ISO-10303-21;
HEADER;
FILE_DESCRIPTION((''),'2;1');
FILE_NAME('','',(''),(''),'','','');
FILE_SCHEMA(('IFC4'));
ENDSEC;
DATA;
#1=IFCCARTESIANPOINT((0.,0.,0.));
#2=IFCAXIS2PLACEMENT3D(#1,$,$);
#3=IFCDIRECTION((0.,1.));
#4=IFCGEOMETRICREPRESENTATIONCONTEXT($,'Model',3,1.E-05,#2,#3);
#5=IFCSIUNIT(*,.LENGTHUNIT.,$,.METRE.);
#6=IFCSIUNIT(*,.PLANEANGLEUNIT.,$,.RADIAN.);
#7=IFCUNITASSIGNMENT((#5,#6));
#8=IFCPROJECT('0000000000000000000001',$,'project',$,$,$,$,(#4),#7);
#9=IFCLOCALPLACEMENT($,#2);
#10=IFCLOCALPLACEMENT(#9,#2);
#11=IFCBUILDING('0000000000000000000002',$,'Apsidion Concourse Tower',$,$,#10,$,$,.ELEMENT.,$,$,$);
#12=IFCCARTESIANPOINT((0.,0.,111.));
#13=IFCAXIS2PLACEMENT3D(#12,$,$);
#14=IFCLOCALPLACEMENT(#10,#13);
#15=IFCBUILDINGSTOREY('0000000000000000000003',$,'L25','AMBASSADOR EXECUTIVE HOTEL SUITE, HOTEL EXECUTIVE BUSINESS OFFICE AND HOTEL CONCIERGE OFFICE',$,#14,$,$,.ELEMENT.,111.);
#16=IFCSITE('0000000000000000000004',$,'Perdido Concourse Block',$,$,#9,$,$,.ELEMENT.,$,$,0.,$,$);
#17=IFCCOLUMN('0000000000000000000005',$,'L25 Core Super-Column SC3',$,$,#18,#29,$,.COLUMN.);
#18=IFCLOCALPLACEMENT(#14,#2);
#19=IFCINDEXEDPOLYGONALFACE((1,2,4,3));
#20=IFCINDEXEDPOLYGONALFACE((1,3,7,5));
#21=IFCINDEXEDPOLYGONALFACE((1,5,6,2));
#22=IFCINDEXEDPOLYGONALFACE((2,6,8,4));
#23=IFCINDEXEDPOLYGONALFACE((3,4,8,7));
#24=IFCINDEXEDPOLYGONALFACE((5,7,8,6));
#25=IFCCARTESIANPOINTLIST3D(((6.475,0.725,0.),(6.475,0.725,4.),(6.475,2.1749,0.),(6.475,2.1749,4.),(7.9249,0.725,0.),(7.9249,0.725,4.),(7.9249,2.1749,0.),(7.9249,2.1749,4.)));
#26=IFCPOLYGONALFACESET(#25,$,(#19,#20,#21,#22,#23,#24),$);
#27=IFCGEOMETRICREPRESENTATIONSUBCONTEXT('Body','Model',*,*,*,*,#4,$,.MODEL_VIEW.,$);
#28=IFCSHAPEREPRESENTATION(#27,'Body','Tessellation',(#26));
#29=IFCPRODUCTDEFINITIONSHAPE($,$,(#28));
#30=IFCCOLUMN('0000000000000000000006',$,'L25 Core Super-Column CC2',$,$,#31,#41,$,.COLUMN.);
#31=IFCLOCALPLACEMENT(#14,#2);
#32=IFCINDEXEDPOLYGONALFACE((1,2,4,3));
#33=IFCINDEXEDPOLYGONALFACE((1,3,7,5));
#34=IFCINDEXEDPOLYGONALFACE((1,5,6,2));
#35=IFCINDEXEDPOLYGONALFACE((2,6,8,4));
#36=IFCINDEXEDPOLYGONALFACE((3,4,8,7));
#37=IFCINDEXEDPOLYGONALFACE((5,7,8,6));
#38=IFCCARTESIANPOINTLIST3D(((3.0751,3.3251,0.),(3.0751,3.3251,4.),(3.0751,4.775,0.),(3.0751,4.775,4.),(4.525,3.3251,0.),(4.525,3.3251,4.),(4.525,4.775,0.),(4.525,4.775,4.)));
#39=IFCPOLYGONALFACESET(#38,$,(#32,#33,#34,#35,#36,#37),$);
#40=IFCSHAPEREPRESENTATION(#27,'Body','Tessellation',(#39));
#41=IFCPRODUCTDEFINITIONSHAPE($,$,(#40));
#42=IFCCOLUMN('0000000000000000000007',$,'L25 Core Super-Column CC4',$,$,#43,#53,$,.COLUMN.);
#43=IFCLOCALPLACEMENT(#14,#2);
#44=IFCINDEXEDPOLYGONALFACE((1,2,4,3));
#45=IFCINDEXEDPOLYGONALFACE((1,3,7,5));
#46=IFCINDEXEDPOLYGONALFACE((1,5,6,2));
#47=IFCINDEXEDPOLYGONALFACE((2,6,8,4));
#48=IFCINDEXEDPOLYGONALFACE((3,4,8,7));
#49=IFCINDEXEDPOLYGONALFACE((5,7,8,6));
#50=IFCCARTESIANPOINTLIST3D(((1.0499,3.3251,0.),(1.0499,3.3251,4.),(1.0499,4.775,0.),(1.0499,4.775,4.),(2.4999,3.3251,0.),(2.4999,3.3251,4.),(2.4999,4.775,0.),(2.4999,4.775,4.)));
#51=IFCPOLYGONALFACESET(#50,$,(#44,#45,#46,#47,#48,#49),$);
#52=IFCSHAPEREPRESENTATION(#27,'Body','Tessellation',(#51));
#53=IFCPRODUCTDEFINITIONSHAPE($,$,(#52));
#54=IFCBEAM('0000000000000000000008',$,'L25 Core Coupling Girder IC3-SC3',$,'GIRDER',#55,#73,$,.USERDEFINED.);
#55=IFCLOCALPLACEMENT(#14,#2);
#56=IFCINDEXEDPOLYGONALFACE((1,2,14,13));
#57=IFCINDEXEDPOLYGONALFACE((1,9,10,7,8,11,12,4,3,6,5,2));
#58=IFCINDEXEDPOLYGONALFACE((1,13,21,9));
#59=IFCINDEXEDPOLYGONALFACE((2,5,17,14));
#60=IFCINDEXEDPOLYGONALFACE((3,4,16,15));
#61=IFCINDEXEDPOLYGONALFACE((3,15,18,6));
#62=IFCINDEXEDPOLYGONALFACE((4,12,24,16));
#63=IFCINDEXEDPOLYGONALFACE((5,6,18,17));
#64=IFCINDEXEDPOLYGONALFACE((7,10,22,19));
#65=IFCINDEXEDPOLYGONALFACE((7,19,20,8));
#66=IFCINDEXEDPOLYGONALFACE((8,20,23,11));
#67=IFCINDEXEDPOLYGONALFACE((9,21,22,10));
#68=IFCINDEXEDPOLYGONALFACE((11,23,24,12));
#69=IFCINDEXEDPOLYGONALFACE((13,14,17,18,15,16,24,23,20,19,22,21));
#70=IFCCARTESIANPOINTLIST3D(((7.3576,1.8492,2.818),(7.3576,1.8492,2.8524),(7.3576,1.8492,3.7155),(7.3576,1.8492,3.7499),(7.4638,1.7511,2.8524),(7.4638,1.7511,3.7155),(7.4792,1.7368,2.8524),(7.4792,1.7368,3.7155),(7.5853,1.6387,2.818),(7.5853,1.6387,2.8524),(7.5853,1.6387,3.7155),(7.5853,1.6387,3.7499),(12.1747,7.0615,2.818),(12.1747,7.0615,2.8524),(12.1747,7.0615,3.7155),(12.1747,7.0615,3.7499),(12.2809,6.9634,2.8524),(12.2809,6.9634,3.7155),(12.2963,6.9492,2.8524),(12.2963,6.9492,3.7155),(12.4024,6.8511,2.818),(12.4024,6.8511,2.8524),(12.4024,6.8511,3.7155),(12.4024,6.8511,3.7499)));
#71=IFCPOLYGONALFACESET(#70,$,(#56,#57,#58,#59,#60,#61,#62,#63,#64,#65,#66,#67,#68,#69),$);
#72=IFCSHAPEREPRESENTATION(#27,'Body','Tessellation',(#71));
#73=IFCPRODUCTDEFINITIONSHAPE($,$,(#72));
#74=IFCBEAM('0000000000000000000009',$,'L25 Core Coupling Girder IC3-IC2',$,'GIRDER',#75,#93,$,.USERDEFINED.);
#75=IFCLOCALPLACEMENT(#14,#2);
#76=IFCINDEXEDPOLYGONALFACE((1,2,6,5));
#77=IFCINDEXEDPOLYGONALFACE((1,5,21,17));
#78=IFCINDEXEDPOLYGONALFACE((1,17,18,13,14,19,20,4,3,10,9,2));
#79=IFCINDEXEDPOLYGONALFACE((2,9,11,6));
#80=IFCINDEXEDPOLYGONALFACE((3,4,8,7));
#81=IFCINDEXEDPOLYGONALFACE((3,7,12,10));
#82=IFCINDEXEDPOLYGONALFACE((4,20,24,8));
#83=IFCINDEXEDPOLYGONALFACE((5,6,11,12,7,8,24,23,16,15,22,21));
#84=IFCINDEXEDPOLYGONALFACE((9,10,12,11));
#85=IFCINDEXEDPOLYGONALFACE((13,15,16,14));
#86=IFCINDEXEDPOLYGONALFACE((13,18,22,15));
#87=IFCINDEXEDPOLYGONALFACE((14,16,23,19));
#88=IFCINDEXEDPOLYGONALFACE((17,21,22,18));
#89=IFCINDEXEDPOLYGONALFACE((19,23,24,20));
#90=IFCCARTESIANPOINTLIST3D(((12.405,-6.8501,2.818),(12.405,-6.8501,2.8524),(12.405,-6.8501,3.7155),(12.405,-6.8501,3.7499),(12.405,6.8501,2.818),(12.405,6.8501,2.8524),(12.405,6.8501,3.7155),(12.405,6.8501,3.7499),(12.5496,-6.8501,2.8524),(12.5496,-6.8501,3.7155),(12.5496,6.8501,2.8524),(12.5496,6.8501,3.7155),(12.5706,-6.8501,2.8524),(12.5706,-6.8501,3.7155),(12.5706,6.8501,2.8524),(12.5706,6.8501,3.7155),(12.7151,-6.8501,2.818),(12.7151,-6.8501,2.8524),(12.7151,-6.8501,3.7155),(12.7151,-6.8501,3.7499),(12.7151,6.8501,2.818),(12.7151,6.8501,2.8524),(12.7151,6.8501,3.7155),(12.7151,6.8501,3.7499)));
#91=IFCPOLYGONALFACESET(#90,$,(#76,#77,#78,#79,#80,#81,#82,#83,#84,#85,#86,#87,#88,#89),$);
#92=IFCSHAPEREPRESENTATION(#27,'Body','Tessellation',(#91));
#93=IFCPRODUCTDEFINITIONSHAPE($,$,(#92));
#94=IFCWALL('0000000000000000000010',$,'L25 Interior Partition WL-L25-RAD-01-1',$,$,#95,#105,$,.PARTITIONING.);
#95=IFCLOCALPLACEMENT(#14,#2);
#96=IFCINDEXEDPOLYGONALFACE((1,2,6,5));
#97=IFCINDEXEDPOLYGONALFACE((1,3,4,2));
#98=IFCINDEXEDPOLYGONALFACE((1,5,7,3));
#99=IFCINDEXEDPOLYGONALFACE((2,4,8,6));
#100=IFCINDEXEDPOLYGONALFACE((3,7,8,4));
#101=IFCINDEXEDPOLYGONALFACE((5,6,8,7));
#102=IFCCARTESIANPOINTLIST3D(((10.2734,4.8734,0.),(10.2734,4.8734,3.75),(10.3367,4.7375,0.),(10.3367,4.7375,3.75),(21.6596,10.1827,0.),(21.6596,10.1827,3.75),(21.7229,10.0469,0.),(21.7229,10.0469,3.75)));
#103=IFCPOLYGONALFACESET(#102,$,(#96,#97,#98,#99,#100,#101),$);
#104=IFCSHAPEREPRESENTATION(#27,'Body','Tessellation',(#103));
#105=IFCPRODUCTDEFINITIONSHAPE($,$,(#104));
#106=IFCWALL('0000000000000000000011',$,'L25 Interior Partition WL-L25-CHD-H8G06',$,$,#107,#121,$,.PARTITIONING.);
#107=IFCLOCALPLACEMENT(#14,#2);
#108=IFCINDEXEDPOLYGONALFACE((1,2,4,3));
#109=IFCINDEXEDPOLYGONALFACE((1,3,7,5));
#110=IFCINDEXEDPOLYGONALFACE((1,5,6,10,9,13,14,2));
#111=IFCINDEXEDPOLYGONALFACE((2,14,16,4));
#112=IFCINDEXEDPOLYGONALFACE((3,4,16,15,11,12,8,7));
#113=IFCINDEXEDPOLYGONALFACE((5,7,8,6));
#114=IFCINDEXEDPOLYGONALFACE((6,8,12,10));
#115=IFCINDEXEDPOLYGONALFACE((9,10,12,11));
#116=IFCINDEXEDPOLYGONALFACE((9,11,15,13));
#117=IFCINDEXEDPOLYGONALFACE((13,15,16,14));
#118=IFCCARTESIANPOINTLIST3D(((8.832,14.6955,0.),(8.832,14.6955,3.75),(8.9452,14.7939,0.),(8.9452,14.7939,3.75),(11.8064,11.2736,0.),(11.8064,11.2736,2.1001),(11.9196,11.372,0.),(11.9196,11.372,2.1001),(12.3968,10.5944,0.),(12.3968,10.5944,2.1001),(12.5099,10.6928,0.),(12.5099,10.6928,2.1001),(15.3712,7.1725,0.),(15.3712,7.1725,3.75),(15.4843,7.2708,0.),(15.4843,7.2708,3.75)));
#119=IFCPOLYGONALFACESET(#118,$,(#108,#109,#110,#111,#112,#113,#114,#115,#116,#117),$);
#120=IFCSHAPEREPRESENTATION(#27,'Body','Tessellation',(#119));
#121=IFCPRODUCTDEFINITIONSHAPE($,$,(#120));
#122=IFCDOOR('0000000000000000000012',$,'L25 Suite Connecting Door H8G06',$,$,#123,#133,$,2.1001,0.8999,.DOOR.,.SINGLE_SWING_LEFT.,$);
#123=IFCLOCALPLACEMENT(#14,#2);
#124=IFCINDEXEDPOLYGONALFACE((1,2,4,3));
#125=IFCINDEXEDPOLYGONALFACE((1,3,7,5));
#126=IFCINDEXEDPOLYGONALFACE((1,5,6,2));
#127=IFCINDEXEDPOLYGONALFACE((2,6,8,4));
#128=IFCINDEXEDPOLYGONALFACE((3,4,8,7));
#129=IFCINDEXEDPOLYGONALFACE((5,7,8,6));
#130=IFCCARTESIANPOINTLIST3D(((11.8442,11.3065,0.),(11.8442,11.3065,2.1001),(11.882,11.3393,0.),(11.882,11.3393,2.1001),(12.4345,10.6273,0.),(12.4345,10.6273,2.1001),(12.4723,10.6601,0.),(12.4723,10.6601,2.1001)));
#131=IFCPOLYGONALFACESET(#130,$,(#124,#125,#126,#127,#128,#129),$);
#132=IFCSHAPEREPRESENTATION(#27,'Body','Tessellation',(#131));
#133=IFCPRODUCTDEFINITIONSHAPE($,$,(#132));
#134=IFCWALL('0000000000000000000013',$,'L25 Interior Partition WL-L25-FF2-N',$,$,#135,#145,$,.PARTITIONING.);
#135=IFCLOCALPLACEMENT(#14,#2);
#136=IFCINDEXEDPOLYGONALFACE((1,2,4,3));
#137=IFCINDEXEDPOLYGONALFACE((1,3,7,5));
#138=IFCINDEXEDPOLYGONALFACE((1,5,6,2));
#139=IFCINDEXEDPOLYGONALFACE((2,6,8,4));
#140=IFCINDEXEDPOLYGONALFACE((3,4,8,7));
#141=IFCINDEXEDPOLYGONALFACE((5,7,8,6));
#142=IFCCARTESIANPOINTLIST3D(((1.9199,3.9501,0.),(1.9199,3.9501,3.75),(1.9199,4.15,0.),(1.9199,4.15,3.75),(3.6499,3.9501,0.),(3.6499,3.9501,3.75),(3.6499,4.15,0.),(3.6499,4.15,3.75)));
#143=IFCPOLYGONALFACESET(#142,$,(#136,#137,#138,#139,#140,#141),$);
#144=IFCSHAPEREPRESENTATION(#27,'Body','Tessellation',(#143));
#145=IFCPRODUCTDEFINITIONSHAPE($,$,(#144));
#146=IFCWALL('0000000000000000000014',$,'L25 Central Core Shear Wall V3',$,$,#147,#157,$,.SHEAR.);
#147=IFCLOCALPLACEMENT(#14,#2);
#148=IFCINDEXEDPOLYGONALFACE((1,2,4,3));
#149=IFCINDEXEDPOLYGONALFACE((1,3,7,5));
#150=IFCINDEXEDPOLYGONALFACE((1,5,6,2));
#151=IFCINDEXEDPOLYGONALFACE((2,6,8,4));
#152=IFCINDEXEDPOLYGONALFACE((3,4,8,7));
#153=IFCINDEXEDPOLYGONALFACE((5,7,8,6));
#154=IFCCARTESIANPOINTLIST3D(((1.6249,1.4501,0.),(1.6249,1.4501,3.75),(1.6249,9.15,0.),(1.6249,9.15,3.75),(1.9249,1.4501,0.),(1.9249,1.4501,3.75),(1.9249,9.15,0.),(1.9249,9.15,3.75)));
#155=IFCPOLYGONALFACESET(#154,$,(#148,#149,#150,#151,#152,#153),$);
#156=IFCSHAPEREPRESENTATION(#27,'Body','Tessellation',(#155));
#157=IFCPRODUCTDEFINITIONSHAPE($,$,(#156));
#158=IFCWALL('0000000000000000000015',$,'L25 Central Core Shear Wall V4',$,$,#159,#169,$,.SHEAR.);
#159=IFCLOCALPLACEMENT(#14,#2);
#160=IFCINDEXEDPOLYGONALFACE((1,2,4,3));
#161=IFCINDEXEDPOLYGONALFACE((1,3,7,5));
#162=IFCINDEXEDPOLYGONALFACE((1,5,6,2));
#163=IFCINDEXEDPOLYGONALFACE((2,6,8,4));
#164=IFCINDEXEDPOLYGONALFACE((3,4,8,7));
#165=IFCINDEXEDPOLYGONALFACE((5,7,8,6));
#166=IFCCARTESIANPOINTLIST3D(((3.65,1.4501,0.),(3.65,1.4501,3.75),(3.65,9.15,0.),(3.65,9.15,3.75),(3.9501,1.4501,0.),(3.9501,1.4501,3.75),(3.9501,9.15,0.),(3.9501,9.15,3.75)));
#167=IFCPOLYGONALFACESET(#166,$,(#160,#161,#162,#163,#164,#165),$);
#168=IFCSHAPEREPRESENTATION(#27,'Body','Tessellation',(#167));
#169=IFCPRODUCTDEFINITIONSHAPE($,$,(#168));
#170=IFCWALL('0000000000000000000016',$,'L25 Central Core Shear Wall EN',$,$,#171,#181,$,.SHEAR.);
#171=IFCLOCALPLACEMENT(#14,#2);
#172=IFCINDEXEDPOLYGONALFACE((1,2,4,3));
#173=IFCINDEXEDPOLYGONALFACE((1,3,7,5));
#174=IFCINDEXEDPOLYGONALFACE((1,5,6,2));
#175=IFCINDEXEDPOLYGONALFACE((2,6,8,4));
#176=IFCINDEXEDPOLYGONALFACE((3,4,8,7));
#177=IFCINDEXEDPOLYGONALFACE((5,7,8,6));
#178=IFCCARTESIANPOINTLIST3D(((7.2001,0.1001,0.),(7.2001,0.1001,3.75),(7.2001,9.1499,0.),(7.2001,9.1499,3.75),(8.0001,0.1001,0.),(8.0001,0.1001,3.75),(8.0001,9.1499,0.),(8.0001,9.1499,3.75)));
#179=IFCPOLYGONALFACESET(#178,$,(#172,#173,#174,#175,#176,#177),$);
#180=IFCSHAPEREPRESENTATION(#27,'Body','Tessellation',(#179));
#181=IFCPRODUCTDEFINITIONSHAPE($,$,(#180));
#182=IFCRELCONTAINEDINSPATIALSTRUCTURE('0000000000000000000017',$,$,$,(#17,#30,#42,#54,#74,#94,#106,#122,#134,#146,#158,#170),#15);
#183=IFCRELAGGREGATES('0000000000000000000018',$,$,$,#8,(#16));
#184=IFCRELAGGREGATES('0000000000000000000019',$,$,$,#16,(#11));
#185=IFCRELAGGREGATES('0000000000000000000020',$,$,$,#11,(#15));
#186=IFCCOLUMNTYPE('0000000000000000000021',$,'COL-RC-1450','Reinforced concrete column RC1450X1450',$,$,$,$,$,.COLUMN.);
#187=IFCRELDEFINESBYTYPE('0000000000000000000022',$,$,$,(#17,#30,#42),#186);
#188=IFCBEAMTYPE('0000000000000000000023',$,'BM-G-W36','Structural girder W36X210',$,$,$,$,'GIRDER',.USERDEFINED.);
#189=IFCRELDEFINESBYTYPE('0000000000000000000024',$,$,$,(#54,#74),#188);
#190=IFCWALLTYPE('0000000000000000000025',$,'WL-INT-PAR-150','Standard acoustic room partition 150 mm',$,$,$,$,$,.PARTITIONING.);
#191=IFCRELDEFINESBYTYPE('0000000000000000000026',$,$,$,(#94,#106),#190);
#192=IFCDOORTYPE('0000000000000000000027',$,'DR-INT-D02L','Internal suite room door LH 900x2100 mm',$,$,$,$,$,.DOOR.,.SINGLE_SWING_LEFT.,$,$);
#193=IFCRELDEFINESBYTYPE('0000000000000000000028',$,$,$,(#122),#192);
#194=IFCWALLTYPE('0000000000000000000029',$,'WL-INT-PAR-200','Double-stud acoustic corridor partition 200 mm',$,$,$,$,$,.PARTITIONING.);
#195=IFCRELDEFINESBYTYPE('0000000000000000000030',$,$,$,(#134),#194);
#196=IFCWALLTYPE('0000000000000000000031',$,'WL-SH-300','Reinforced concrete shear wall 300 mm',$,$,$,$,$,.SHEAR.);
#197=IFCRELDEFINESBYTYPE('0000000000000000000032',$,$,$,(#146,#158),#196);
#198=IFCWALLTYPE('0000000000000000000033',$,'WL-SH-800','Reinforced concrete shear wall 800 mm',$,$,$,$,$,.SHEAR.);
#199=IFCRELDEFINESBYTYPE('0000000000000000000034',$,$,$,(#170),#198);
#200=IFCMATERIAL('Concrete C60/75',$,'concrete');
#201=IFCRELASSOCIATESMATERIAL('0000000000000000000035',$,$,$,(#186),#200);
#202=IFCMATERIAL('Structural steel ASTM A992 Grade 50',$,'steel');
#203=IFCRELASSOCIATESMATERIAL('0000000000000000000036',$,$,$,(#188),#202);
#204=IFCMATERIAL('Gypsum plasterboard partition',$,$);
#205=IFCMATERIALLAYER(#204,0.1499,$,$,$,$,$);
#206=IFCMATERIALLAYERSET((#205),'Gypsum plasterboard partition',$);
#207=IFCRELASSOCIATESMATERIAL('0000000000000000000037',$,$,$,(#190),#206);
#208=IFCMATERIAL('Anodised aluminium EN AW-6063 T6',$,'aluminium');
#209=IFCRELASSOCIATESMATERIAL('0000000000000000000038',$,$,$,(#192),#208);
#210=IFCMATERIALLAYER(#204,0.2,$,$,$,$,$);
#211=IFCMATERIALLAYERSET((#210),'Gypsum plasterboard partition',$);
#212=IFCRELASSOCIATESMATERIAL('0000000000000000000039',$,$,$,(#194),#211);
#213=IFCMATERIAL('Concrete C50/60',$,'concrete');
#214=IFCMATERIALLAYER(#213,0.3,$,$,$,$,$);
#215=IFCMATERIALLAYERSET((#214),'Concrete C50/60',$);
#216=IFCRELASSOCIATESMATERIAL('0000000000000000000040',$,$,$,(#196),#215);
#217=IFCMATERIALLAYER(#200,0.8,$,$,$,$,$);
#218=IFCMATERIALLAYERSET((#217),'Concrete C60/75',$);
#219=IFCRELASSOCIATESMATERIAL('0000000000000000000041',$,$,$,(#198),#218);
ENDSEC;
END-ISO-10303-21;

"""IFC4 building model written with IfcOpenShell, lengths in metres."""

from ifc_helpers import new_model, si_unit, direction, frame, frame_2d, origin, origin_2d, place, context, subcontext, project, spatial, rectangle, i_section, extrude, material, layer, layer_set, material_profile, profile_set, type_object, element, fill, save


model = new_model("IFC4")

# Units and contexts
model_context = context("Model", 3, precision=1e-05, world=origin(), true_north=direction((0.0, 1.0)))
body_context = subcontext(model_context, "Body", "Model", "MODEL_VIEW")
ifc_project = project(units=[si_unit("LENGTHUNIT", "METRE"), si_unit("PLANEANGLEUNIT", "RADIAN")], contexts=[model_context])

# Site, building, storey
site_placement = place(None, origin())
site = spatial("IfcSite", under=ifc_project, at=site_placement, Name="Perdido Concourse Block", CompositionType="ELEMENT", RefElevation=0.0)
building_placement = place(site_placement, origin())
building = spatial("IfcBuilding", under=site, at=building_placement, Name="Apsidion Concourse Tower", CompositionType="ELEMENT")
storey_placement = place(building_placement, frame((0.0, 0.0, 111.0)))
storey = spatial("IfcBuildingStorey", under=building, at=storey_placement, Name="L25", Description="AMBASSADOR EXECUTIVE HOTEL SUITE, HOTEL EXECUTIVE BUSINESS OFFICE AND HOTEL CONCIERGE OFFICE", CompositionType="ELEMENT", Elevation=111.0)

# Columns
ifc_material_1 = material(Name="Concrete C60/75", Category="concrete")
ifc_material_profile_1 = material_profile(ifc_material_1, rectangle(XDim=1.45, YDim=1.45, at=origin_2d()), Name="RC 1450x1450")
ifc_profile_set_1 = profile_set([ifc_material_profile_1], Name="Concrete C60/75")
column_type = type_object("IfcColumnType", Name="COL-RC-1450", Description="Reinforced concrete column RC1450X1450", PredefinedType="COLUMN", material=ifc_profile_set_1)
for number, where, z_axis, x_axis, name in (
    (1, (7.2, 1.45, 0.0), (0.0, 0.0, 1.0), (1.0, 0.0, 0.0), "L25 Core Super-Column SC3"),
    (2, (3.8, 4.05, 0.0), (0.0, 0.0, 1.0), (1.0, 0.0, 0.0), "L25 Core Super-Column CC2"),
    (3, (1.7749, 4.05, 0.0), (0.0, 0.0, 1.0), (1.0, 0.0, 0.0), "L25 Core Super-Column CC4"),
):
    element("IfcColumn", number, at=place(storey_placement, frame(where, z_axis=z_axis, x_axis=x_axis)), inside=storey, type_object=column_type, Name=name, PredefinedType="COLUMN", context=body_context, shape_type="SweptSolid", body=[
        extrude(rectangle(XDim=1.45, YDim=1.45, at=origin_2d()), origin(), (0.0, 0.0, 1.0), 4.0),
    ])

# Beams
ifc_material_2 = material(Name="Structural steel ASTM A992 Grade 50", Category="steel")
ifc_material_profile_2 = material_profile(ifc_material_2, i_section(OverallWidth=0.3101, OverallDepth=0.9319, WebThickness=0.021, FlangeThickness=0.0344, at=origin_2d()), Name="W36X210")
ifc_profile_set_2 = profile_set([ifc_material_profile_2], Name="Structural steel ASTM A992 Grade 50")
beam_type = type_object("IfcBeamType", Name="BM-G-W36", Description="Structural girder W36X210", ElementType="GIRDER", PredefinedType="USERDEFINED", material=ifc_profile_set_2)
beam_1_placement = place(storey_placement, frame((12.2886, 6.9563, 3.2839), z_axis=(-0.678713, -0.734404, 0.0), x_axis=(0.734404, -0.678713, 0.0)))
element("IfcBeam", 4, at=beam_1_placement, inside=storey, type_object=beam_type, Name="L25 Core Coupling Girder IC3-SC3", ObjectType="GIRDER", PredefinedType="USERDEFINED", context=body_context, shape_type="SweptSolid", body=[
    extrude(i_section(OverallWidth=0.3101, OverallDepth=0.9319, WebThickness=0.021, FlangeThickness=0.0344, at=origin_2d()), origin(), (0.0, 0.0, 1.0), 7.0974),
])
beam_2_placement = place(storey_placement, frame((12.5601, 6.8501, 3.2839), z_axis=(0.0, -1.0, 0.0), x_axis=(1.0, 0.0, 0.0)))
element("IfcBeam", 5, at=beam_2_placement, inside=storey, type_object=beam_type, Name="L25 Core Coupling Girder IC3-IC2", ObjectType="GIRDER", PredefinedType="USERDEFINED", context=body_context, shape_type="SweptSolid", body=[
    extrude(i_section(OverallWidth=0.3101, OverallDepth=0.9319, WebThickness=0.021, FlangeThickness=0.0344, at=origin_2d()), origin(), (0.0, 0.0, 1.0), 13.7002),
])

# Wall
ifc_material_3 = material(Name="Gypsum plasterboard partition")
ifc_layer_1 = layer(ifc_material_3, 0.1499)
ifc_layer_set_1 = layer_set([ifc_layer_1], Name="Gypsum plasterboard partition")
wall_type_1 = type_object("IfcWallType", Name="WL-INT-PAR-150", Description="Standard acoustic room partition 150 mm", PredefinedType="PARTITIONING", material=ifc_layer_set_1)
wall_1_placement = place(storey_placement, frame((10.3049, 4.8054, 0.0), z_axis=(0.0, 0.0, 1.0), x_axis=(0.906313, 0.422608, 0.0)))
element("IfcWall", 6, at=wall_1_placement, inside=storey, type_object=wall_type_1, Name="L25 Interior Partition WL-L25-RAD-01-1", PredefinedType="PARTITIONING", context=body_context, shape_type="SweptSolid", body=[
    extrude(rectangle(XDim=12.5632, YDim=0.1499, at=frame_2d((6.2817, 0.0))), origin(), (0.0, 0.0, 1.0), 3.75),
])

# Wall, opening, door
wall_2_placement = place(storey_placement, frame((15.4277, 7.2217, 0.0), z_axis=(0.0, 0.0, 1.0), x_axis=(-0.656028, 0.754736, 0.0)))
wall_2 = element("IfcWall", 7, at=wall_2_placement, inside=storey, type_object=wall_type_1, Name="L25 Interior Partition WL-L25-CHD-H8G06", PredefinedType="PARTITIONING", context=body_context, shape_type="SweptSolid", body=[
    extrude(rectangle(XDim=9.9678, YDim=0.1499, at=frame_2d((4.9839, 0.0))), origin(), (0.0, 0.0, 1.0), 3.75),
])
opening_placement = place(wall_2_placement, frame((4.5339, 0.0, 0.0)))
opening = element("IfcOpeningElement", 8, at=opening_placement, cuts=wall_2, PredefinedType="OPENING", context=body_context, shape_type="SweptSolid", body=[
    extrude(rectangle(XDim=0.8999, YDim=2.1001, at=frame_2d((0.45, 1.05))), frame((0.0, 0.085, 0.0), z_axis=(0.0, -1.0, 0.0), x_axis=(1.0, 0.0, 0.0)), (0.0, 0.0, 1.0), 0.1699),
])
ifc_material_4 = material(Name="Anodised aluminium EN AW-6063 T6", Category="aluminium")
door_type = type_object("IfcDoorType", Name="DR-INT-D02L", Description="Internal suite room door LH 900x2100 mm", OperationType="SINGLE_SWING_LEFT", PredefinedType="DOOR", material=ifc_material_4)
door_placement = place(opening_placement, origin())
door = element("IfcDoor", 9, at=door_placement, inside=storey, type_object=door_type, Name="L25 Suite Connecting Door H8G06", OperationType="SINGLE_SWING_LEFT", OverallHeight=2.1001, OverallWidth=0.8999, PredefinedType="DOOR", context=body_context, shape_type="SweptSolid", body=[
    extrude(rectangle(XDim=0.8999, YDim=2.1001, at=frame_2d((0.45, 1.05))), frame((0.0, 0.0249, 0.0), z_axis=(0.0, -1.0, 0.0), x_axis=(1.0, 0.0, 0.0)), (0.0, 0.0, 1.0), 0.05),
])
fill(opening, door)

# Walls
ifc_layer_2 = layer(ifc_material_3, 0.2)
ifc_layer_set_2 = layer_set([ifc_layer_2], Name="Gypsum plasterboard partition")
wall_type_2 = type_object("IfcWallType", Name="WL-INT-PAR-200", Description="Double-stud acoustic corridor partition 200 mm", PredefinedType="PARTITIONING", material=ifc_layer_set_2)
wall_3_placement = place(storey_placement, frame((1.9199, 4.05, 0.0), z_axis=(0.0, 0.0, 1.0), x_axis=(1.0, 0.0, 0.0)))
element("IfcWall", 10, at=wall_3_placement, inside=storey, type_object=wall_type_2, Name="L25 Interior Partition WL-L25-FF2-N", PredefinedType="PARTITIONING", context=body_context, shape_type="SweptSolid", body=[
    extrude(rectangle(XDim=1.73, YDim=0.2, at=frame_2d((0.865, 0.0))), origin(), (0.0, 0.0, 1.0), 3.75),
])
ifc_material_5 = material(Name="Concrete C50/60", Category="concrete")
ifc_layer_3 = layer(ifc_material_5, 0.3)
ifc_layer_set_3 = layer_set([ifc_layer_3], Name="Concrete C50/60")
wall_type_3 = type_object("IfcWallType", Name="WL-SH-300", Description="Reinforced concrete shear wall 300 mm", PredefinedType="SHEAR", material=ifc_layer_set_3)
for number, where, z_axis, x_axis, name in (
    (11, (1.7749, 1.45, 0.0), (0.0, 0.0, 1.0), (0.0, 1.0, 0.0), "L25 Central Core Shear Wall V3"),
    (12, (3.8, 1.45, 0.0), (0.0, 0.0, 1.0), (0.0, 1.0, 0.0), "L25 Central Core Shear Wall V4"),
):
    element("IfcWall", number, at=place(storey_placement, frame(where, z_axis=z_axis, x_axis=x_axis)), inside=storey, type_object=wall_type_3, Name=name, PredefinedType="SHEAR", context=body_context, shape_type="SweptSolid", body=[
        extrude(rectangle(XDim=7.7, YDim=0.3, at=frame_2d((3.8501, 0.0))), origin(), (0.0, 0.0, 1.0), 3.75),
    ])
ifc_layer_4 = layer(ifc_material_1, 0.8)
ifc_layer_set_4 = layer_set([ifc_layer_4], Name="Concrete C60/75")
wall_type_4 = type_object("IfcWallType", Name="WL-SH-800", Description="Reinforced concrete shear wall 800 mm", PredefinedType="SHEAR", material=ifc_layer_set_4)
wall_4_placement = place(storey_placement, frame((7.6001, 0.1001, 0.0), z_axis=(0.0, 0.0, 1.0), x_axis=(0.0, 1.0, 0.0)))
element("IfcWall", 13, at=wall_4_placement, inside=storey, type_object=wall_type_4, Name="L25 Central Core Shear Wall EN", PredefinedType="SHEAR", context=body_context, shape_type="SweptSolid", body=[
    extrude(rectangle(XDim=9.0498, YDim=0.8, at=frame_2d((4.5249, 0.0))), origin(), (0.0, 0.0, 1.0), 3.75),
])

save(model, "model.ifc")
